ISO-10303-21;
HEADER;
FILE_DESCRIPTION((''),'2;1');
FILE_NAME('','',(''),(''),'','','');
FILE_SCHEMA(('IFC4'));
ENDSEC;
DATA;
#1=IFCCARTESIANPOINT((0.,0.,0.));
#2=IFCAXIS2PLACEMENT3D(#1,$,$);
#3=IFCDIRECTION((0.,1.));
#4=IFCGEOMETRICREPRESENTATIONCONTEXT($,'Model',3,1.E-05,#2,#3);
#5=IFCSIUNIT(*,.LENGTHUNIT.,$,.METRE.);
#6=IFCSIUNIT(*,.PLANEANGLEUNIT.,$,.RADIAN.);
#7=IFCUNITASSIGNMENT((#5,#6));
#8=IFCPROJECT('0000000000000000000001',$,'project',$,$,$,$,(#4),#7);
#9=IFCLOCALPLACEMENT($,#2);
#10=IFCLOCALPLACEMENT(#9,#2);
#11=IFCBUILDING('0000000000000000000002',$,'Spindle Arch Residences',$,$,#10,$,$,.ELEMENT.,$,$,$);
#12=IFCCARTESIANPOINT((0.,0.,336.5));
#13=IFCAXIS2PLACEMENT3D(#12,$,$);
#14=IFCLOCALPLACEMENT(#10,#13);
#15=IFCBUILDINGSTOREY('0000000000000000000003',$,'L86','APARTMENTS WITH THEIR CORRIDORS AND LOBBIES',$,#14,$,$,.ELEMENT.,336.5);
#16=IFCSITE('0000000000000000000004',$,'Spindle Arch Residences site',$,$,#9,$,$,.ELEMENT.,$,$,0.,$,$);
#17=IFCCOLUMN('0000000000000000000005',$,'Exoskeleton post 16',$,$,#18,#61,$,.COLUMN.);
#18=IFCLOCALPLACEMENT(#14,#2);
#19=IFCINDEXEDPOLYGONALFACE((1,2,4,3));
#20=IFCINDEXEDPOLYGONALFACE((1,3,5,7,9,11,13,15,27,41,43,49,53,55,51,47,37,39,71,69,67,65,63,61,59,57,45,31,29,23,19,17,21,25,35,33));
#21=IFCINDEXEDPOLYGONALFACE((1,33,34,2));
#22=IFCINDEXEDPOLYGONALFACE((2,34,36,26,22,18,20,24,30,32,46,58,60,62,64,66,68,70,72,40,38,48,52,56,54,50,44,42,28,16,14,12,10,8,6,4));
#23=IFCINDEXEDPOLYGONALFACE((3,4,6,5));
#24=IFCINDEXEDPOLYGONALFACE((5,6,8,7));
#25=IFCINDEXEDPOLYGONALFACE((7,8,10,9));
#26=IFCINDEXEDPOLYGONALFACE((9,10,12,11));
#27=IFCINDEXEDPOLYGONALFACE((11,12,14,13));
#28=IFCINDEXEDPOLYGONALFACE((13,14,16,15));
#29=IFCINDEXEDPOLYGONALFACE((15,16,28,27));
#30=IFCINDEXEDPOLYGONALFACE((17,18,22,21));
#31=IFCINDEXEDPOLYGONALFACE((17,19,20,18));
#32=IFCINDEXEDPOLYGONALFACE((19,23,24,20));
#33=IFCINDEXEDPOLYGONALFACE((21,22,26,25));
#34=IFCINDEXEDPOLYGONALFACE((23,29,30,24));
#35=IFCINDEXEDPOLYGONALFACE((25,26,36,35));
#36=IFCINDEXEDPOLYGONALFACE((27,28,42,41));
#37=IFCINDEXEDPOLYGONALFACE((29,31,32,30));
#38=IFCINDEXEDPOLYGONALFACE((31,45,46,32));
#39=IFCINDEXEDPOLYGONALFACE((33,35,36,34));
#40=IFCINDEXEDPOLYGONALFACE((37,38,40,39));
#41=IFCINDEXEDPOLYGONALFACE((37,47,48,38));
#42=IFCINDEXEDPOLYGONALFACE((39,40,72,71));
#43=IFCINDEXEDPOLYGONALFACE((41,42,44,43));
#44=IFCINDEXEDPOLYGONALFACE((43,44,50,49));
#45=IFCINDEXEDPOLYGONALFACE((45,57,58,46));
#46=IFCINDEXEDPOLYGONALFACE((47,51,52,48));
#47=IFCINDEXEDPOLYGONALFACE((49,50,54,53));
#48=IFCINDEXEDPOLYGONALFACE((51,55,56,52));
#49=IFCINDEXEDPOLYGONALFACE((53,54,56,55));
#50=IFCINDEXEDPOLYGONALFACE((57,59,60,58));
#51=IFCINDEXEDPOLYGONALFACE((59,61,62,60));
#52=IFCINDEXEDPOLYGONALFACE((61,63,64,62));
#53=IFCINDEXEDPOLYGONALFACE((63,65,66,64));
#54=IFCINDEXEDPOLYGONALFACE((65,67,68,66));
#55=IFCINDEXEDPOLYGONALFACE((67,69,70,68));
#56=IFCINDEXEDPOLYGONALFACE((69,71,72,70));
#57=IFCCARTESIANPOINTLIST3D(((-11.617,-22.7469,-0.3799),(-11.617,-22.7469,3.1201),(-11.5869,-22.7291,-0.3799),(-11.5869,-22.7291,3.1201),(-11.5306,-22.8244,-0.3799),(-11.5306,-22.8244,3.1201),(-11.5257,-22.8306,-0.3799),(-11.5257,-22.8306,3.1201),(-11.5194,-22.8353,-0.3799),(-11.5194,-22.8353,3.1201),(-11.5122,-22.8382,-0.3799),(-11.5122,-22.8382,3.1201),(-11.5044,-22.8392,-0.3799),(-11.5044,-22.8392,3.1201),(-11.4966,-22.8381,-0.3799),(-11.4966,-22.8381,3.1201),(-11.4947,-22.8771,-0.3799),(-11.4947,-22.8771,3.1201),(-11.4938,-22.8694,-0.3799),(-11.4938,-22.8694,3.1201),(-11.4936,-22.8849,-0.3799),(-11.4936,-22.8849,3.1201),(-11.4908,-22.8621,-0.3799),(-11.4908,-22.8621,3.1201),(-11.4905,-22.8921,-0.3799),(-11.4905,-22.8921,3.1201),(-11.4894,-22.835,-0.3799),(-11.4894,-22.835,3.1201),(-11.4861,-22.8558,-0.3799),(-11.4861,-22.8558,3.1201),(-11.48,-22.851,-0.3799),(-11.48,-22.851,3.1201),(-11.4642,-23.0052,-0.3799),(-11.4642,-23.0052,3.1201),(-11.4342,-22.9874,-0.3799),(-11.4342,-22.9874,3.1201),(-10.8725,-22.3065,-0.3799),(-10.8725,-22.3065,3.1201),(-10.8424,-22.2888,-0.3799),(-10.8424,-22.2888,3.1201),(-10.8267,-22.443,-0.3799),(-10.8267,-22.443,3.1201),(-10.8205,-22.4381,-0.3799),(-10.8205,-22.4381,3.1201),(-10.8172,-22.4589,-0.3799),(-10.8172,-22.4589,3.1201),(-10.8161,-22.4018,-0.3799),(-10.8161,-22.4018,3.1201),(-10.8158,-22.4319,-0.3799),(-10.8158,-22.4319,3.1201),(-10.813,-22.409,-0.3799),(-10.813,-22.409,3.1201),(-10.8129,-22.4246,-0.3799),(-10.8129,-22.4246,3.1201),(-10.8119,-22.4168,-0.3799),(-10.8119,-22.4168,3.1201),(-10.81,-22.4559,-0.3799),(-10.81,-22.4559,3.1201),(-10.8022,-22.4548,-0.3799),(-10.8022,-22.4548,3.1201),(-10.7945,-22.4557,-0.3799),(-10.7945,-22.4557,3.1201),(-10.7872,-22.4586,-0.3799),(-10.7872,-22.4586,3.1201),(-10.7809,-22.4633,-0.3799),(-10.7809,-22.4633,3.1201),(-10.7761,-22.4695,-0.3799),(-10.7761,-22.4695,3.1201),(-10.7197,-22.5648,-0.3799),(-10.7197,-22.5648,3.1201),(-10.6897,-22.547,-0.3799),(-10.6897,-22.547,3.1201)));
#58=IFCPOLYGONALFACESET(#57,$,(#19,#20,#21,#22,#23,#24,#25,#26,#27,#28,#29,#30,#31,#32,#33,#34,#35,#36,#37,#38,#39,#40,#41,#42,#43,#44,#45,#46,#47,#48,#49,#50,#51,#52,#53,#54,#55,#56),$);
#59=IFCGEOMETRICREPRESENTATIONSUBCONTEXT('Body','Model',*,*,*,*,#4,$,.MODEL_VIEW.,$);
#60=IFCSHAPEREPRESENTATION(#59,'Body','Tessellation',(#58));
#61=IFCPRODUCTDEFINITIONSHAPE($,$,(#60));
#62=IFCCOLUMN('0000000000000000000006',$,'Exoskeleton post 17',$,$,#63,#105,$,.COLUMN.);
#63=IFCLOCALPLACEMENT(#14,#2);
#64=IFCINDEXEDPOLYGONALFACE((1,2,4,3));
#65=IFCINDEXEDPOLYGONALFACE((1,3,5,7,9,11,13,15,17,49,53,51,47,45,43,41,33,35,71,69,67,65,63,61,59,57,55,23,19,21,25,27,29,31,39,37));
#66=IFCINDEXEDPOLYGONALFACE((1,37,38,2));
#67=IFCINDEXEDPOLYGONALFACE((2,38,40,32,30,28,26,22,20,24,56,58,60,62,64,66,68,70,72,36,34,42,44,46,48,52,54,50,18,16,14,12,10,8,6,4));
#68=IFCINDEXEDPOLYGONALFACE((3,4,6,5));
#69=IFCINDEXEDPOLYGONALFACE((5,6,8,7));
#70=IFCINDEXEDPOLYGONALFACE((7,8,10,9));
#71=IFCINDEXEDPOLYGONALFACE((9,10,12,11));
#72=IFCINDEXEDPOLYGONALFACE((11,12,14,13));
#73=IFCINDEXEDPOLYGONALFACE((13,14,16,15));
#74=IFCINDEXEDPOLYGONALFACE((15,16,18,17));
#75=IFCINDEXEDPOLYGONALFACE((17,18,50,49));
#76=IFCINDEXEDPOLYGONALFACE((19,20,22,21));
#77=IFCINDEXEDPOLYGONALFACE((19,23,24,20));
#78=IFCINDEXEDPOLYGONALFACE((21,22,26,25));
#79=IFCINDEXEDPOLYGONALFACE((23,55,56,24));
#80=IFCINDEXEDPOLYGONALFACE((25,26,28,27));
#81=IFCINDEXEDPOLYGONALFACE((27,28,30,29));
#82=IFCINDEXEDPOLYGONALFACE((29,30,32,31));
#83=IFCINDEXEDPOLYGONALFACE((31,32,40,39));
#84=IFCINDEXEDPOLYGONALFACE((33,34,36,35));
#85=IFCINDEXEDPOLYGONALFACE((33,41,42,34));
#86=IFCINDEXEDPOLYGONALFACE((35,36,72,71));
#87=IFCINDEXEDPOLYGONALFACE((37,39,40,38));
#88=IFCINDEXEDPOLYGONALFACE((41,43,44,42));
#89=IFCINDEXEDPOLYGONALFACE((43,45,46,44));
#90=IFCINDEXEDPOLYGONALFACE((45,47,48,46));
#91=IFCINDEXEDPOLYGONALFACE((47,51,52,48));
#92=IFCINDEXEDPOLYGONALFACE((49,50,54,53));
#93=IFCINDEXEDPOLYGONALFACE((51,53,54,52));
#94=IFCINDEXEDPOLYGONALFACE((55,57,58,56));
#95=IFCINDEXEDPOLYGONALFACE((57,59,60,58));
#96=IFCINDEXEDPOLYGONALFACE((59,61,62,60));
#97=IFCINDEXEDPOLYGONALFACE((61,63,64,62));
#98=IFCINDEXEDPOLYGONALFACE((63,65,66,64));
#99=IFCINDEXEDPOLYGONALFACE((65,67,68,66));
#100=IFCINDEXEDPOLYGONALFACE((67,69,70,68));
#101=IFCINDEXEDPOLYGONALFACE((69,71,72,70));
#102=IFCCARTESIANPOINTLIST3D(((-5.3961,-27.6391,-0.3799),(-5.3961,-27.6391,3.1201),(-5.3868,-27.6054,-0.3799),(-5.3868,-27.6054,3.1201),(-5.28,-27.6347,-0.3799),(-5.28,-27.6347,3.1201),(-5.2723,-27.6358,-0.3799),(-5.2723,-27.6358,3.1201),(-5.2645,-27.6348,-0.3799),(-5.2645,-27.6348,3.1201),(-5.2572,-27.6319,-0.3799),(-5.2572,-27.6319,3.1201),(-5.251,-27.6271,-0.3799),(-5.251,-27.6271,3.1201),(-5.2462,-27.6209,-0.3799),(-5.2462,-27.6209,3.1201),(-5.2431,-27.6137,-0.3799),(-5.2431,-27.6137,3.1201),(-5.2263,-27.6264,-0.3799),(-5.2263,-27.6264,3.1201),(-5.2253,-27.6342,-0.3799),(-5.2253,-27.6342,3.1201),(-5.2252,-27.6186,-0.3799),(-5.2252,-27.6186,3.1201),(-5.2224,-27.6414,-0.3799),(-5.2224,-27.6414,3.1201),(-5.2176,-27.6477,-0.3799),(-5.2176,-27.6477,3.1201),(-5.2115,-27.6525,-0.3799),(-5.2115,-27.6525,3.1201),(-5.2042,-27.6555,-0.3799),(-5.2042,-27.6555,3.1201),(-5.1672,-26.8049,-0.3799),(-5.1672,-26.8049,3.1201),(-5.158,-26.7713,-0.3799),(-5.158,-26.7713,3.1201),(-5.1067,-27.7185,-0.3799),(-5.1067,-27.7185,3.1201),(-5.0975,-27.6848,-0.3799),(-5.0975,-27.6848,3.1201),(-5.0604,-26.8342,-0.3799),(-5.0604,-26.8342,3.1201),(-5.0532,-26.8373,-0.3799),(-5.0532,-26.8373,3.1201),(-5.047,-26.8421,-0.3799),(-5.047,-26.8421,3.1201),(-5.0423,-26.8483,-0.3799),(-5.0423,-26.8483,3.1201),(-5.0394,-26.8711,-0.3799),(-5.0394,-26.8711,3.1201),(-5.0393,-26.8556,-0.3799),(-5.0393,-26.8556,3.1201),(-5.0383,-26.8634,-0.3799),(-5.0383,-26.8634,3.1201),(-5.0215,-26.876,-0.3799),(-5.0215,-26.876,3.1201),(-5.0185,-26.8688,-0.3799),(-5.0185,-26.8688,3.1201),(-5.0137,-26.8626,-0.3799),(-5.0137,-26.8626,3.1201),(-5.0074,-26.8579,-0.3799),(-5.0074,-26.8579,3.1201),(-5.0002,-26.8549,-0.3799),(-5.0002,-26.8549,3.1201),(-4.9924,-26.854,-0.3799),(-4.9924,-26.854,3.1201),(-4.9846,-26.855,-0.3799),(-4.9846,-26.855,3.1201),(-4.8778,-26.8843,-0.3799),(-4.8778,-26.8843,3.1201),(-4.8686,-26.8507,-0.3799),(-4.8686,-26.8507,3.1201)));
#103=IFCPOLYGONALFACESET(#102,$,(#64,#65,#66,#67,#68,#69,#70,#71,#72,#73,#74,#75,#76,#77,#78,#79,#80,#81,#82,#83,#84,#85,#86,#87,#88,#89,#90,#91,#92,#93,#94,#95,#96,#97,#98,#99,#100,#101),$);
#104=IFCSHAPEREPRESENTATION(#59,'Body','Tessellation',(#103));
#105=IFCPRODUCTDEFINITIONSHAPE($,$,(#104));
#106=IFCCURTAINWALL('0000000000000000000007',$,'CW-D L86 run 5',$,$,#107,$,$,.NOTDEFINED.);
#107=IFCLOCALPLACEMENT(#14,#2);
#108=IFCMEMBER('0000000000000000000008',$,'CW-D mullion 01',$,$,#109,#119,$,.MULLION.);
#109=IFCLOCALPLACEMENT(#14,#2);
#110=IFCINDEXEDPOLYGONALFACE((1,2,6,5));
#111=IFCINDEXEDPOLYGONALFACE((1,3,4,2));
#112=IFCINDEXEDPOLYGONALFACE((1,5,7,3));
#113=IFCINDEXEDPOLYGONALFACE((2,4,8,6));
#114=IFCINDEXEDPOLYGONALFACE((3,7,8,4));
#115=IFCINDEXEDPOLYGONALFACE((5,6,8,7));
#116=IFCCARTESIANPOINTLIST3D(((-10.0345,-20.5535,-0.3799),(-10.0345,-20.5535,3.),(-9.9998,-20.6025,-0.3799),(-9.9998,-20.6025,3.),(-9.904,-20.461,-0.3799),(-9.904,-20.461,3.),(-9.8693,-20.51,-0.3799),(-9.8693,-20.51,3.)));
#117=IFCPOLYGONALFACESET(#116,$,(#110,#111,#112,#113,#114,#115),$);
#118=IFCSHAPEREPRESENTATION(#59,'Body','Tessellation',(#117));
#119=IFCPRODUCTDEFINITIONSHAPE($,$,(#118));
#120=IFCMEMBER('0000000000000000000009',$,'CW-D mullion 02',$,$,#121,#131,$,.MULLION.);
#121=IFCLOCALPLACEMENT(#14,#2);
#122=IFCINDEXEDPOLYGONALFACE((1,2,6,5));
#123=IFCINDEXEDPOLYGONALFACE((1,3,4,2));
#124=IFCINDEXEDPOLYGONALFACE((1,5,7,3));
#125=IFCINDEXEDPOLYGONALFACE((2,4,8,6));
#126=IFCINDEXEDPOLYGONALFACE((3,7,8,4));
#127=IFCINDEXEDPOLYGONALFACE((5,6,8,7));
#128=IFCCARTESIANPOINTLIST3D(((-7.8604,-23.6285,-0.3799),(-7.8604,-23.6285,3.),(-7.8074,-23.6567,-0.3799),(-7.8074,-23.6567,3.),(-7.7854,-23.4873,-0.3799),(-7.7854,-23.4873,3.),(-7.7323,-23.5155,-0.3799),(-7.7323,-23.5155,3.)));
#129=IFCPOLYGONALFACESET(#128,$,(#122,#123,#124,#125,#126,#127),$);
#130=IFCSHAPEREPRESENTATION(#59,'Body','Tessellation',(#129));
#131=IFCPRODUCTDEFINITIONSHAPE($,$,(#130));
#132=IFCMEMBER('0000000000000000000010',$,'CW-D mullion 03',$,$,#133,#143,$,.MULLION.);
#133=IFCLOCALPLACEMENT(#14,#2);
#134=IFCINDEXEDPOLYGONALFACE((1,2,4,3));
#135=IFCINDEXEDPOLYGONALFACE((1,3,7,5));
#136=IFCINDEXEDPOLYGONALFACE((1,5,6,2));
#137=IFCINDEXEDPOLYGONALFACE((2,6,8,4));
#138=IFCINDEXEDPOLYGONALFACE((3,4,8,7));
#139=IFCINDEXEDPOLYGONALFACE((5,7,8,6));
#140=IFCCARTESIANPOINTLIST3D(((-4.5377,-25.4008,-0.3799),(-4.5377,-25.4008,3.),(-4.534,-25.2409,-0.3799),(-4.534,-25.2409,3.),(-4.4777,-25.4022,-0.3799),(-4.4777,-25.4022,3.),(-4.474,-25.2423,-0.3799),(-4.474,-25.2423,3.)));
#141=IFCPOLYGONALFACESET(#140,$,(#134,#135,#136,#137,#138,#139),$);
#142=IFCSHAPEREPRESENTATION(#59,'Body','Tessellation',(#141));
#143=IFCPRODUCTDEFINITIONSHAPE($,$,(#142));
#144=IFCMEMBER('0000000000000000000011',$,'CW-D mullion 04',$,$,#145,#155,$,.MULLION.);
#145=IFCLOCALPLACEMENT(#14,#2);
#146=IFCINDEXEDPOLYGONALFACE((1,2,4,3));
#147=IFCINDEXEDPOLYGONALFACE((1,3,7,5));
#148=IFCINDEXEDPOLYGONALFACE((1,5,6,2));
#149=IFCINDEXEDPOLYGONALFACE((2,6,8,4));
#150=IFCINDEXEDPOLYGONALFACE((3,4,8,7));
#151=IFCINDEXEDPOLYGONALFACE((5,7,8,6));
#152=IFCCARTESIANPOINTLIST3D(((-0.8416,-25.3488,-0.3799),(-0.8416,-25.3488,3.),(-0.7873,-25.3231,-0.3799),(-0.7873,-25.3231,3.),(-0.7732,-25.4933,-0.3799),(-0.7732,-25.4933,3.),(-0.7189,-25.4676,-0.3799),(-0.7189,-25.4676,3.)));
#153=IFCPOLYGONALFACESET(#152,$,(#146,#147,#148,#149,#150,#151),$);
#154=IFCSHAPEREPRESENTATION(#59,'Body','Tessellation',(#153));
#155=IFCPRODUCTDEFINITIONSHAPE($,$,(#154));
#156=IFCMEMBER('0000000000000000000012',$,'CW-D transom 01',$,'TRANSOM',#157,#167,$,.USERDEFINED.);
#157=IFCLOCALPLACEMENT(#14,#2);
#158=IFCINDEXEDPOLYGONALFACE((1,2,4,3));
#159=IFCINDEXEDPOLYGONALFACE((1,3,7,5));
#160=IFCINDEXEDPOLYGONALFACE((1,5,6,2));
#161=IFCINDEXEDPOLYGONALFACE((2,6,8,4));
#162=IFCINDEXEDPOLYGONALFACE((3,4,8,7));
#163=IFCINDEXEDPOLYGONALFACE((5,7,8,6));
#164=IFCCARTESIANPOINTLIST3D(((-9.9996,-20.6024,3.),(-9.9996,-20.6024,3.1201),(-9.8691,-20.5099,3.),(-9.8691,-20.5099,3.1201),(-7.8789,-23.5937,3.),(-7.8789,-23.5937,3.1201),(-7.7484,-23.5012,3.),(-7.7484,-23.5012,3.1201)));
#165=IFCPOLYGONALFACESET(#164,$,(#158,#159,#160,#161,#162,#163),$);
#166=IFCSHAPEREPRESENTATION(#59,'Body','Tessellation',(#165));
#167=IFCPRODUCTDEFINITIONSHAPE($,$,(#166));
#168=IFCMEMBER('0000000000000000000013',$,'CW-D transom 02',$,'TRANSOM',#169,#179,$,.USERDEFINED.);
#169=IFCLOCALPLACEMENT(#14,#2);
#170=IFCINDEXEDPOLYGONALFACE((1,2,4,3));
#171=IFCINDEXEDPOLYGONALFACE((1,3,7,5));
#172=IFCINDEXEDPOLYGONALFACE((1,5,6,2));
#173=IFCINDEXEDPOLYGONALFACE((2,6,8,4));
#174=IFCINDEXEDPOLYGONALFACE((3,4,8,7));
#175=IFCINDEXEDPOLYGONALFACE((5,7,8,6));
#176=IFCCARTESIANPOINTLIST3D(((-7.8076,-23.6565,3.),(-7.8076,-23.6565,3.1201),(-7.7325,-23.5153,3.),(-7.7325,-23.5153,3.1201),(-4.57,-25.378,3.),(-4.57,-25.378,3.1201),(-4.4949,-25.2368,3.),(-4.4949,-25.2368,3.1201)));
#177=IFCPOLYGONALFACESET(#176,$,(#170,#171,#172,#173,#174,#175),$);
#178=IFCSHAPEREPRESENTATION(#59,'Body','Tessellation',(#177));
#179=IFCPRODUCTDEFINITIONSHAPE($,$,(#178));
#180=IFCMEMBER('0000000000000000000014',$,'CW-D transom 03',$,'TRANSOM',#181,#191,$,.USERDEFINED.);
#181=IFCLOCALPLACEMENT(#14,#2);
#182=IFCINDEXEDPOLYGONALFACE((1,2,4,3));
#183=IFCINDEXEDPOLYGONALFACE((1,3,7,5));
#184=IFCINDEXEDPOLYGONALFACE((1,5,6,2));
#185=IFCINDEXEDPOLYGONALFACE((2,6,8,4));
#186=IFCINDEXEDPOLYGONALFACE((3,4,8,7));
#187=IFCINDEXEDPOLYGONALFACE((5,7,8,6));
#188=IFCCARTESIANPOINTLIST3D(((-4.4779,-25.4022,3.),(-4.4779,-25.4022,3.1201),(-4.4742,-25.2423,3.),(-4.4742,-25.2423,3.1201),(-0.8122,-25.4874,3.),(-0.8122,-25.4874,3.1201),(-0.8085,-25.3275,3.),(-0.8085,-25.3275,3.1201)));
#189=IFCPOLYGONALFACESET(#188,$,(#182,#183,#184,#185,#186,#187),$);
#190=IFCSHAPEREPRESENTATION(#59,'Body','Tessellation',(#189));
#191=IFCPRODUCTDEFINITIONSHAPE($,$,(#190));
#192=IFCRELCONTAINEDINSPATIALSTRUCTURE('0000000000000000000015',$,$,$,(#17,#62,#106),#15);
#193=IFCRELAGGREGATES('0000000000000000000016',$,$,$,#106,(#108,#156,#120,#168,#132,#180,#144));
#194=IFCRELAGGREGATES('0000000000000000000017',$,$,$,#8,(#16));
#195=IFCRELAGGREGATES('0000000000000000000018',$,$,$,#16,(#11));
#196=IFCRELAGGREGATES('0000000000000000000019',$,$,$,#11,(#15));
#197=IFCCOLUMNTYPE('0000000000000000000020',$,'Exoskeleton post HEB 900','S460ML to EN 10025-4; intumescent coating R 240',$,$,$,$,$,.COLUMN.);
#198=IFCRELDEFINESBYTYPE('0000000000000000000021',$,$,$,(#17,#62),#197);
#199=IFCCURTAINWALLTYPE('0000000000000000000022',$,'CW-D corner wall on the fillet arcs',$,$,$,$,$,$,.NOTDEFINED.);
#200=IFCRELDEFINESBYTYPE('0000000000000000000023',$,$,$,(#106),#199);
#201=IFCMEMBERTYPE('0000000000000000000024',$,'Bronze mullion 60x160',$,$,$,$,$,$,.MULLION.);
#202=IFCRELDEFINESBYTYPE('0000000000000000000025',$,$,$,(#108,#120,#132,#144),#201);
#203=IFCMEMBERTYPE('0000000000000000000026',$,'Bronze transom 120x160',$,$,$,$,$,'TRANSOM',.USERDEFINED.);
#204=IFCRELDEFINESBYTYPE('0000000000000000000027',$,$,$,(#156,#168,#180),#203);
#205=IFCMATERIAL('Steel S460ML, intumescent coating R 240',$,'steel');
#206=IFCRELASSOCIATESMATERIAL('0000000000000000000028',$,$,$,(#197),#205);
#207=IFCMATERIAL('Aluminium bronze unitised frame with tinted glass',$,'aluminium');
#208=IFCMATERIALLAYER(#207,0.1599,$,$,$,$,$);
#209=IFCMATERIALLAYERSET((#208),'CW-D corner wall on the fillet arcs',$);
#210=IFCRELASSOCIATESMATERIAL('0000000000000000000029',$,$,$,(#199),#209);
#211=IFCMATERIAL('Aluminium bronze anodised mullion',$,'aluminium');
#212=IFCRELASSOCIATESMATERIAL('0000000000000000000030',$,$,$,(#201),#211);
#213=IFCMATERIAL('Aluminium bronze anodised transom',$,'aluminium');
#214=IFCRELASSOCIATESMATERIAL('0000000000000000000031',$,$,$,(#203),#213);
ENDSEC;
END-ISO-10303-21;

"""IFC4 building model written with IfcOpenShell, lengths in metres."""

from ifc_helpers import new_model, si_unit, direction, frame, origin, origin_2d, place, context, subcontext, project, spatial, rectangle, i_section, extrude, material, layer, layer_set, material_profile, profile_set, type_object, element, aggregate, save


model = new_model("IFC4")

# Units and contexts
model_context = context("Model", 3, precision=1e-05, world=origin(), true_north=direction((0.0, 1.0)))
body_context = subcontext(model_context, "Body", "Model", "MODEL_VIEW")
ifc_project = project(units=[si_unit("LENGTHUNIT", "METRE"), si_unit("PLANEANGLEUNIT", "RADIAN")], contexts=[model_context])

# Site, building, storey
site_placement = place(None, origin())
site = spatial("IfcSite", under=ifc_project, at=site_placement, Name="Spindle Arch Residences site", CompositionType="ELEMENT", RefElevation=0.0)
building_placement = place(site_placement, origin())
building = spatial("IfcBuilding", under=site, at=building_placement, Name="Spindle Arch Residences", CompositionType="ELEMENT")
storey_placement = place(building_placement, frame((0.0, 0.0, 336.5)))
storey = spatial("IfcBuildingStorey", under=building, at=storey_placement, Name="L86", Description="APARTMENTS WITH THEIR CORRIDORS AND LOBBIES", CompositionType="ELEMENT", Elevation=336.5)

# Columns
ifc_material_1 = material(Name="Steel S460ML, intumescent coating R 240", Category="steel")
ifc_material_profile_1 = material_profile(ifc_material_1, i_section(OverallWidth=0.3, OverallDepth=0.8999, WebThickness=0.0186, FlangeThickness=0.0349, FilletRadius=0.03, at=origin_2d()), Name="HEB 900")
ifc_profile_set_1 = profile_set([ifc_material_profile_1], Name="Steel S460ML, intumescent coating R 240")
column_type = type_object("IfcColumnType", Name="Exoskeleton post HEB 900", Description="S460ML to EN 10025-4; intumescent coating R 240", PredefinedType="COLUMN", material=ifc_profile_set_1)
for number, where, z_axis, x_axis, name in (
    (1, (-11.1533, -22.647, -0.3799), (0.0, 0.0, 1.0), (-0.509114, 0.860699, 0.0), "Exoskeleton post 16"),
    (2, (-5.1323, -27.2449, -0.3799), (0.0, 0.0, 1.0), (-0.964363, 0.264583, 0.0), "Exoskeleton post 17"),
):
    element("IfcColumn", number, at=place(storey_placement, frame(where, z_axis=z_axis, x_axis=x_axis)), inside=storey, type_object=column_type, Name=name, PredefinedType="COLUMN", context=body_context, shape_type="SweptSolid", body=[
        extrude(i_section(OverallWidth=0.3, OverallDepth=0.8999, WebThickness=0.0186, FlangeThickness=0.0349, FilletRadius=0.03, at=origin_2d()), origin(), (0.0, 0.0, 1.0), 3.5),
    ])

# Curtain wall, members
ifc_material_2 = material(Name="Aluminium bronze unitised frame with tinted glass", Category="aluminium")
ifc_layer_1 = layer(ifc_material_2, 0.1599)
ifc_layer_set_1 = layer_set([ifc_layer_1], Name="CW-D corner wall on the fillet arcs")
curtain_wall_type = type_object("IfcCurtainWallType", Name="CW-D corner wall on the fillet arcs", PredefinedType="NOTDEFINED", material=ifc_layer_set_1)
curtain_wall_placement = place(storey_placement, origin())
curtain_wall = element("IfcCurtainWall", 3, at=curtain_wall_placement, inside=storey, type_object=curtain_wall_type, Name="CW-D L86 run 5", PredefinedType="NOTDEFINED")
ifc_material_3 = material(Name="Aluminium bronze anodised mullion", Category="aluminium")
ifc_material_profile_2 = material_profile(ifc_material_3, rectangle(XDim=0.1599, YDim=0.0601, at=origin_2d()), Name="MU 60x160")
ifc_profile_set_2 = profile_set([ifc_material_profile_2], Name="Aluminium bronze anodised mullion")
member_type_1 = type_object("IfcMemberType", Name="Bronze mullion 60x160", PredefinedType="MULLION", material=ifc_profile_set_2)
member_1_placement = place(storey_placement, frame((-9.9519, -20.5317, -0.3799), z_axis=(0.0, 0.0, 1.0), x_axis=(0.815801, 0.578332, 0.0)))
member_1 = element("IfcMember", 4, at=member_1_placement, type_object=member_type_1, Name="CW-D mullion 01", PredefinedType="MULLION", context=body_context, shape_type="SweptSolid", body=[
    extrude(rectangle(XDim=0.1599, YDim=0.0601, at=origin_2d()), origin(), (0.0, 0.0, 1.0), 3.3799),
])
member_2_placement = place(storey_placement, frame((-7.7964, -23.572, -0.3799), z_axis=(0.0, 0.0, 1.0), x_axis=(0.469472, 0.882948, 0.0)))
member_2 = element("IfcMember", 5, at=member_2_placement, type_object=member_type_1, Name="CW-D mullion 02", PredefinedType="MULLION", context=body_context, shape_type="SweptSolid", body=[
    extrude(rectangle(XDim=0.1599, YDim=0.0601, at=origin_2d()), origin(), (0.0, 0.0, 1.0), 3.3799),
])
member_3_placement = place(storey_placement, frame((-4.5059, -25.3215, -0.3799), z_axis=(0.0, 0.0, 1.0), x_axis=(0.023269, 0.999729, 0.0)))
member_3 = element("IfcMember", 6, at=member_3_placement, type_object=member_type_1, Name="CW-D mullion 03", PredefinedType="MULLION", context=body_context, shape_type="SweptSolid", body=[
    extrude(rectangle(XDim=0.1599, YDim=0.0601, at=origin_2d()), origin(), (0.0, 0.0, 1.0), 3.3799),
])
member_4_placement = place(storey_placement, frame((-0.7803, -25.4082, -0.3799), z_axis=(0.0, 0.0, 1.0), x_axis=(-0.427884, 0.903834, 0.0)))
member_4 = element("IfcMember", 7, at=member_4_placement, type_object=member_type_1, Name="CW-D mullion 04", PredefinedType="MULLION", context=body_context, shape_type="SweptSolid", body=[
    extrude(rectangle(XDim=0.1599, YDim=0.0601, at=origin_2d()), origin(), (0.0, 0.0, 1.0), 3.3799),
])
ifc_material_4 = material(Name="Aluminium bronze anodised transom", Category="aluminium")
ifc_material_profile_3 = material_profile(ifc_material_4, rectangle(XDim=0.1599, YDim=0.1201, at=origin_2d()), Name="TR 120x160")
ifc_profile_set_3 = profile_set([ifc_material_profile_3], Name="Aluminium bronze anodised transom")
member_type_2 = type_object("IfcMemberType", Name="Bronze transom 120x160", ElementType="TRANSOM", PredefinedType="USERDEFINED", material=ifc_profile_set_3)
member_5_placement = place(storey_placement, frame((-9.9343, -20.5562, 3.0601), z_axis=(0.57835, -0.815789, 0.0), x_axis=(0.815789, 0.57835, 0.0)))
member_5 = element("IfcMember", 8, at=member_5_placement, type_object=member_type_2, Name="CW-D transom 01", ObjectType="TRANSOM", PredefinedType="USERDEFINED", context=body_context, shape_type="SweptSolid", body=[
    extrude(rectangle(XDim=0.1599, YDim=0.1201, at=origin_2d()), origin(), (0.0, 0.0, 1.0), 3.6667),
])
member_6_placement = place(storey_placement, frame((-7.77, -23.5859, 3.0601), z_axis=(0.882948, -0.469472, 0.0), x_axis=(0.469472, 0.882948, 0.0)))
member_6 = element("IfcMember", 9, at=member_6_placement, type_object=member_type_2, Name="CW-D transom 02", ObjectType="TRANSOM", PredefinedType="USERDEFINED", context=body_context, shape_type="SweptSolid", body=[
    extrude(rectangle(XDim=0.1599, YDim=0.1201, at=origin_2d()), origin(), (0.0, 0.0, 1.0), 3.6667),
])
member_7_placement = place(storey_placement, frame((-4.4761, -25.3223, 3.0601), z_axis=(0.99973, -0.023237, 0.0), x_axis=(0.023237, 0.99973, 0.0)))
member_7 = element("IfcMember", 10, at=member_7_placement, type_object=member_type_2, Name="CW-D transom 03", ObjectType="TRANSOM", PredefinedType="USERDEFINED", context=body_context, shape_type="SweptSolid", body=[
    extrude(rectangle(XDim=0.1599, YDim=0.1201, at=origin_2d()), origin(), (0.0, 0.0, 1.0), 3.6667),
])

aggregate(curtain_wall, [member_1, member_5, member_2, member_6, member_3, member_7, member_4])

save(model, "model.ifc")
